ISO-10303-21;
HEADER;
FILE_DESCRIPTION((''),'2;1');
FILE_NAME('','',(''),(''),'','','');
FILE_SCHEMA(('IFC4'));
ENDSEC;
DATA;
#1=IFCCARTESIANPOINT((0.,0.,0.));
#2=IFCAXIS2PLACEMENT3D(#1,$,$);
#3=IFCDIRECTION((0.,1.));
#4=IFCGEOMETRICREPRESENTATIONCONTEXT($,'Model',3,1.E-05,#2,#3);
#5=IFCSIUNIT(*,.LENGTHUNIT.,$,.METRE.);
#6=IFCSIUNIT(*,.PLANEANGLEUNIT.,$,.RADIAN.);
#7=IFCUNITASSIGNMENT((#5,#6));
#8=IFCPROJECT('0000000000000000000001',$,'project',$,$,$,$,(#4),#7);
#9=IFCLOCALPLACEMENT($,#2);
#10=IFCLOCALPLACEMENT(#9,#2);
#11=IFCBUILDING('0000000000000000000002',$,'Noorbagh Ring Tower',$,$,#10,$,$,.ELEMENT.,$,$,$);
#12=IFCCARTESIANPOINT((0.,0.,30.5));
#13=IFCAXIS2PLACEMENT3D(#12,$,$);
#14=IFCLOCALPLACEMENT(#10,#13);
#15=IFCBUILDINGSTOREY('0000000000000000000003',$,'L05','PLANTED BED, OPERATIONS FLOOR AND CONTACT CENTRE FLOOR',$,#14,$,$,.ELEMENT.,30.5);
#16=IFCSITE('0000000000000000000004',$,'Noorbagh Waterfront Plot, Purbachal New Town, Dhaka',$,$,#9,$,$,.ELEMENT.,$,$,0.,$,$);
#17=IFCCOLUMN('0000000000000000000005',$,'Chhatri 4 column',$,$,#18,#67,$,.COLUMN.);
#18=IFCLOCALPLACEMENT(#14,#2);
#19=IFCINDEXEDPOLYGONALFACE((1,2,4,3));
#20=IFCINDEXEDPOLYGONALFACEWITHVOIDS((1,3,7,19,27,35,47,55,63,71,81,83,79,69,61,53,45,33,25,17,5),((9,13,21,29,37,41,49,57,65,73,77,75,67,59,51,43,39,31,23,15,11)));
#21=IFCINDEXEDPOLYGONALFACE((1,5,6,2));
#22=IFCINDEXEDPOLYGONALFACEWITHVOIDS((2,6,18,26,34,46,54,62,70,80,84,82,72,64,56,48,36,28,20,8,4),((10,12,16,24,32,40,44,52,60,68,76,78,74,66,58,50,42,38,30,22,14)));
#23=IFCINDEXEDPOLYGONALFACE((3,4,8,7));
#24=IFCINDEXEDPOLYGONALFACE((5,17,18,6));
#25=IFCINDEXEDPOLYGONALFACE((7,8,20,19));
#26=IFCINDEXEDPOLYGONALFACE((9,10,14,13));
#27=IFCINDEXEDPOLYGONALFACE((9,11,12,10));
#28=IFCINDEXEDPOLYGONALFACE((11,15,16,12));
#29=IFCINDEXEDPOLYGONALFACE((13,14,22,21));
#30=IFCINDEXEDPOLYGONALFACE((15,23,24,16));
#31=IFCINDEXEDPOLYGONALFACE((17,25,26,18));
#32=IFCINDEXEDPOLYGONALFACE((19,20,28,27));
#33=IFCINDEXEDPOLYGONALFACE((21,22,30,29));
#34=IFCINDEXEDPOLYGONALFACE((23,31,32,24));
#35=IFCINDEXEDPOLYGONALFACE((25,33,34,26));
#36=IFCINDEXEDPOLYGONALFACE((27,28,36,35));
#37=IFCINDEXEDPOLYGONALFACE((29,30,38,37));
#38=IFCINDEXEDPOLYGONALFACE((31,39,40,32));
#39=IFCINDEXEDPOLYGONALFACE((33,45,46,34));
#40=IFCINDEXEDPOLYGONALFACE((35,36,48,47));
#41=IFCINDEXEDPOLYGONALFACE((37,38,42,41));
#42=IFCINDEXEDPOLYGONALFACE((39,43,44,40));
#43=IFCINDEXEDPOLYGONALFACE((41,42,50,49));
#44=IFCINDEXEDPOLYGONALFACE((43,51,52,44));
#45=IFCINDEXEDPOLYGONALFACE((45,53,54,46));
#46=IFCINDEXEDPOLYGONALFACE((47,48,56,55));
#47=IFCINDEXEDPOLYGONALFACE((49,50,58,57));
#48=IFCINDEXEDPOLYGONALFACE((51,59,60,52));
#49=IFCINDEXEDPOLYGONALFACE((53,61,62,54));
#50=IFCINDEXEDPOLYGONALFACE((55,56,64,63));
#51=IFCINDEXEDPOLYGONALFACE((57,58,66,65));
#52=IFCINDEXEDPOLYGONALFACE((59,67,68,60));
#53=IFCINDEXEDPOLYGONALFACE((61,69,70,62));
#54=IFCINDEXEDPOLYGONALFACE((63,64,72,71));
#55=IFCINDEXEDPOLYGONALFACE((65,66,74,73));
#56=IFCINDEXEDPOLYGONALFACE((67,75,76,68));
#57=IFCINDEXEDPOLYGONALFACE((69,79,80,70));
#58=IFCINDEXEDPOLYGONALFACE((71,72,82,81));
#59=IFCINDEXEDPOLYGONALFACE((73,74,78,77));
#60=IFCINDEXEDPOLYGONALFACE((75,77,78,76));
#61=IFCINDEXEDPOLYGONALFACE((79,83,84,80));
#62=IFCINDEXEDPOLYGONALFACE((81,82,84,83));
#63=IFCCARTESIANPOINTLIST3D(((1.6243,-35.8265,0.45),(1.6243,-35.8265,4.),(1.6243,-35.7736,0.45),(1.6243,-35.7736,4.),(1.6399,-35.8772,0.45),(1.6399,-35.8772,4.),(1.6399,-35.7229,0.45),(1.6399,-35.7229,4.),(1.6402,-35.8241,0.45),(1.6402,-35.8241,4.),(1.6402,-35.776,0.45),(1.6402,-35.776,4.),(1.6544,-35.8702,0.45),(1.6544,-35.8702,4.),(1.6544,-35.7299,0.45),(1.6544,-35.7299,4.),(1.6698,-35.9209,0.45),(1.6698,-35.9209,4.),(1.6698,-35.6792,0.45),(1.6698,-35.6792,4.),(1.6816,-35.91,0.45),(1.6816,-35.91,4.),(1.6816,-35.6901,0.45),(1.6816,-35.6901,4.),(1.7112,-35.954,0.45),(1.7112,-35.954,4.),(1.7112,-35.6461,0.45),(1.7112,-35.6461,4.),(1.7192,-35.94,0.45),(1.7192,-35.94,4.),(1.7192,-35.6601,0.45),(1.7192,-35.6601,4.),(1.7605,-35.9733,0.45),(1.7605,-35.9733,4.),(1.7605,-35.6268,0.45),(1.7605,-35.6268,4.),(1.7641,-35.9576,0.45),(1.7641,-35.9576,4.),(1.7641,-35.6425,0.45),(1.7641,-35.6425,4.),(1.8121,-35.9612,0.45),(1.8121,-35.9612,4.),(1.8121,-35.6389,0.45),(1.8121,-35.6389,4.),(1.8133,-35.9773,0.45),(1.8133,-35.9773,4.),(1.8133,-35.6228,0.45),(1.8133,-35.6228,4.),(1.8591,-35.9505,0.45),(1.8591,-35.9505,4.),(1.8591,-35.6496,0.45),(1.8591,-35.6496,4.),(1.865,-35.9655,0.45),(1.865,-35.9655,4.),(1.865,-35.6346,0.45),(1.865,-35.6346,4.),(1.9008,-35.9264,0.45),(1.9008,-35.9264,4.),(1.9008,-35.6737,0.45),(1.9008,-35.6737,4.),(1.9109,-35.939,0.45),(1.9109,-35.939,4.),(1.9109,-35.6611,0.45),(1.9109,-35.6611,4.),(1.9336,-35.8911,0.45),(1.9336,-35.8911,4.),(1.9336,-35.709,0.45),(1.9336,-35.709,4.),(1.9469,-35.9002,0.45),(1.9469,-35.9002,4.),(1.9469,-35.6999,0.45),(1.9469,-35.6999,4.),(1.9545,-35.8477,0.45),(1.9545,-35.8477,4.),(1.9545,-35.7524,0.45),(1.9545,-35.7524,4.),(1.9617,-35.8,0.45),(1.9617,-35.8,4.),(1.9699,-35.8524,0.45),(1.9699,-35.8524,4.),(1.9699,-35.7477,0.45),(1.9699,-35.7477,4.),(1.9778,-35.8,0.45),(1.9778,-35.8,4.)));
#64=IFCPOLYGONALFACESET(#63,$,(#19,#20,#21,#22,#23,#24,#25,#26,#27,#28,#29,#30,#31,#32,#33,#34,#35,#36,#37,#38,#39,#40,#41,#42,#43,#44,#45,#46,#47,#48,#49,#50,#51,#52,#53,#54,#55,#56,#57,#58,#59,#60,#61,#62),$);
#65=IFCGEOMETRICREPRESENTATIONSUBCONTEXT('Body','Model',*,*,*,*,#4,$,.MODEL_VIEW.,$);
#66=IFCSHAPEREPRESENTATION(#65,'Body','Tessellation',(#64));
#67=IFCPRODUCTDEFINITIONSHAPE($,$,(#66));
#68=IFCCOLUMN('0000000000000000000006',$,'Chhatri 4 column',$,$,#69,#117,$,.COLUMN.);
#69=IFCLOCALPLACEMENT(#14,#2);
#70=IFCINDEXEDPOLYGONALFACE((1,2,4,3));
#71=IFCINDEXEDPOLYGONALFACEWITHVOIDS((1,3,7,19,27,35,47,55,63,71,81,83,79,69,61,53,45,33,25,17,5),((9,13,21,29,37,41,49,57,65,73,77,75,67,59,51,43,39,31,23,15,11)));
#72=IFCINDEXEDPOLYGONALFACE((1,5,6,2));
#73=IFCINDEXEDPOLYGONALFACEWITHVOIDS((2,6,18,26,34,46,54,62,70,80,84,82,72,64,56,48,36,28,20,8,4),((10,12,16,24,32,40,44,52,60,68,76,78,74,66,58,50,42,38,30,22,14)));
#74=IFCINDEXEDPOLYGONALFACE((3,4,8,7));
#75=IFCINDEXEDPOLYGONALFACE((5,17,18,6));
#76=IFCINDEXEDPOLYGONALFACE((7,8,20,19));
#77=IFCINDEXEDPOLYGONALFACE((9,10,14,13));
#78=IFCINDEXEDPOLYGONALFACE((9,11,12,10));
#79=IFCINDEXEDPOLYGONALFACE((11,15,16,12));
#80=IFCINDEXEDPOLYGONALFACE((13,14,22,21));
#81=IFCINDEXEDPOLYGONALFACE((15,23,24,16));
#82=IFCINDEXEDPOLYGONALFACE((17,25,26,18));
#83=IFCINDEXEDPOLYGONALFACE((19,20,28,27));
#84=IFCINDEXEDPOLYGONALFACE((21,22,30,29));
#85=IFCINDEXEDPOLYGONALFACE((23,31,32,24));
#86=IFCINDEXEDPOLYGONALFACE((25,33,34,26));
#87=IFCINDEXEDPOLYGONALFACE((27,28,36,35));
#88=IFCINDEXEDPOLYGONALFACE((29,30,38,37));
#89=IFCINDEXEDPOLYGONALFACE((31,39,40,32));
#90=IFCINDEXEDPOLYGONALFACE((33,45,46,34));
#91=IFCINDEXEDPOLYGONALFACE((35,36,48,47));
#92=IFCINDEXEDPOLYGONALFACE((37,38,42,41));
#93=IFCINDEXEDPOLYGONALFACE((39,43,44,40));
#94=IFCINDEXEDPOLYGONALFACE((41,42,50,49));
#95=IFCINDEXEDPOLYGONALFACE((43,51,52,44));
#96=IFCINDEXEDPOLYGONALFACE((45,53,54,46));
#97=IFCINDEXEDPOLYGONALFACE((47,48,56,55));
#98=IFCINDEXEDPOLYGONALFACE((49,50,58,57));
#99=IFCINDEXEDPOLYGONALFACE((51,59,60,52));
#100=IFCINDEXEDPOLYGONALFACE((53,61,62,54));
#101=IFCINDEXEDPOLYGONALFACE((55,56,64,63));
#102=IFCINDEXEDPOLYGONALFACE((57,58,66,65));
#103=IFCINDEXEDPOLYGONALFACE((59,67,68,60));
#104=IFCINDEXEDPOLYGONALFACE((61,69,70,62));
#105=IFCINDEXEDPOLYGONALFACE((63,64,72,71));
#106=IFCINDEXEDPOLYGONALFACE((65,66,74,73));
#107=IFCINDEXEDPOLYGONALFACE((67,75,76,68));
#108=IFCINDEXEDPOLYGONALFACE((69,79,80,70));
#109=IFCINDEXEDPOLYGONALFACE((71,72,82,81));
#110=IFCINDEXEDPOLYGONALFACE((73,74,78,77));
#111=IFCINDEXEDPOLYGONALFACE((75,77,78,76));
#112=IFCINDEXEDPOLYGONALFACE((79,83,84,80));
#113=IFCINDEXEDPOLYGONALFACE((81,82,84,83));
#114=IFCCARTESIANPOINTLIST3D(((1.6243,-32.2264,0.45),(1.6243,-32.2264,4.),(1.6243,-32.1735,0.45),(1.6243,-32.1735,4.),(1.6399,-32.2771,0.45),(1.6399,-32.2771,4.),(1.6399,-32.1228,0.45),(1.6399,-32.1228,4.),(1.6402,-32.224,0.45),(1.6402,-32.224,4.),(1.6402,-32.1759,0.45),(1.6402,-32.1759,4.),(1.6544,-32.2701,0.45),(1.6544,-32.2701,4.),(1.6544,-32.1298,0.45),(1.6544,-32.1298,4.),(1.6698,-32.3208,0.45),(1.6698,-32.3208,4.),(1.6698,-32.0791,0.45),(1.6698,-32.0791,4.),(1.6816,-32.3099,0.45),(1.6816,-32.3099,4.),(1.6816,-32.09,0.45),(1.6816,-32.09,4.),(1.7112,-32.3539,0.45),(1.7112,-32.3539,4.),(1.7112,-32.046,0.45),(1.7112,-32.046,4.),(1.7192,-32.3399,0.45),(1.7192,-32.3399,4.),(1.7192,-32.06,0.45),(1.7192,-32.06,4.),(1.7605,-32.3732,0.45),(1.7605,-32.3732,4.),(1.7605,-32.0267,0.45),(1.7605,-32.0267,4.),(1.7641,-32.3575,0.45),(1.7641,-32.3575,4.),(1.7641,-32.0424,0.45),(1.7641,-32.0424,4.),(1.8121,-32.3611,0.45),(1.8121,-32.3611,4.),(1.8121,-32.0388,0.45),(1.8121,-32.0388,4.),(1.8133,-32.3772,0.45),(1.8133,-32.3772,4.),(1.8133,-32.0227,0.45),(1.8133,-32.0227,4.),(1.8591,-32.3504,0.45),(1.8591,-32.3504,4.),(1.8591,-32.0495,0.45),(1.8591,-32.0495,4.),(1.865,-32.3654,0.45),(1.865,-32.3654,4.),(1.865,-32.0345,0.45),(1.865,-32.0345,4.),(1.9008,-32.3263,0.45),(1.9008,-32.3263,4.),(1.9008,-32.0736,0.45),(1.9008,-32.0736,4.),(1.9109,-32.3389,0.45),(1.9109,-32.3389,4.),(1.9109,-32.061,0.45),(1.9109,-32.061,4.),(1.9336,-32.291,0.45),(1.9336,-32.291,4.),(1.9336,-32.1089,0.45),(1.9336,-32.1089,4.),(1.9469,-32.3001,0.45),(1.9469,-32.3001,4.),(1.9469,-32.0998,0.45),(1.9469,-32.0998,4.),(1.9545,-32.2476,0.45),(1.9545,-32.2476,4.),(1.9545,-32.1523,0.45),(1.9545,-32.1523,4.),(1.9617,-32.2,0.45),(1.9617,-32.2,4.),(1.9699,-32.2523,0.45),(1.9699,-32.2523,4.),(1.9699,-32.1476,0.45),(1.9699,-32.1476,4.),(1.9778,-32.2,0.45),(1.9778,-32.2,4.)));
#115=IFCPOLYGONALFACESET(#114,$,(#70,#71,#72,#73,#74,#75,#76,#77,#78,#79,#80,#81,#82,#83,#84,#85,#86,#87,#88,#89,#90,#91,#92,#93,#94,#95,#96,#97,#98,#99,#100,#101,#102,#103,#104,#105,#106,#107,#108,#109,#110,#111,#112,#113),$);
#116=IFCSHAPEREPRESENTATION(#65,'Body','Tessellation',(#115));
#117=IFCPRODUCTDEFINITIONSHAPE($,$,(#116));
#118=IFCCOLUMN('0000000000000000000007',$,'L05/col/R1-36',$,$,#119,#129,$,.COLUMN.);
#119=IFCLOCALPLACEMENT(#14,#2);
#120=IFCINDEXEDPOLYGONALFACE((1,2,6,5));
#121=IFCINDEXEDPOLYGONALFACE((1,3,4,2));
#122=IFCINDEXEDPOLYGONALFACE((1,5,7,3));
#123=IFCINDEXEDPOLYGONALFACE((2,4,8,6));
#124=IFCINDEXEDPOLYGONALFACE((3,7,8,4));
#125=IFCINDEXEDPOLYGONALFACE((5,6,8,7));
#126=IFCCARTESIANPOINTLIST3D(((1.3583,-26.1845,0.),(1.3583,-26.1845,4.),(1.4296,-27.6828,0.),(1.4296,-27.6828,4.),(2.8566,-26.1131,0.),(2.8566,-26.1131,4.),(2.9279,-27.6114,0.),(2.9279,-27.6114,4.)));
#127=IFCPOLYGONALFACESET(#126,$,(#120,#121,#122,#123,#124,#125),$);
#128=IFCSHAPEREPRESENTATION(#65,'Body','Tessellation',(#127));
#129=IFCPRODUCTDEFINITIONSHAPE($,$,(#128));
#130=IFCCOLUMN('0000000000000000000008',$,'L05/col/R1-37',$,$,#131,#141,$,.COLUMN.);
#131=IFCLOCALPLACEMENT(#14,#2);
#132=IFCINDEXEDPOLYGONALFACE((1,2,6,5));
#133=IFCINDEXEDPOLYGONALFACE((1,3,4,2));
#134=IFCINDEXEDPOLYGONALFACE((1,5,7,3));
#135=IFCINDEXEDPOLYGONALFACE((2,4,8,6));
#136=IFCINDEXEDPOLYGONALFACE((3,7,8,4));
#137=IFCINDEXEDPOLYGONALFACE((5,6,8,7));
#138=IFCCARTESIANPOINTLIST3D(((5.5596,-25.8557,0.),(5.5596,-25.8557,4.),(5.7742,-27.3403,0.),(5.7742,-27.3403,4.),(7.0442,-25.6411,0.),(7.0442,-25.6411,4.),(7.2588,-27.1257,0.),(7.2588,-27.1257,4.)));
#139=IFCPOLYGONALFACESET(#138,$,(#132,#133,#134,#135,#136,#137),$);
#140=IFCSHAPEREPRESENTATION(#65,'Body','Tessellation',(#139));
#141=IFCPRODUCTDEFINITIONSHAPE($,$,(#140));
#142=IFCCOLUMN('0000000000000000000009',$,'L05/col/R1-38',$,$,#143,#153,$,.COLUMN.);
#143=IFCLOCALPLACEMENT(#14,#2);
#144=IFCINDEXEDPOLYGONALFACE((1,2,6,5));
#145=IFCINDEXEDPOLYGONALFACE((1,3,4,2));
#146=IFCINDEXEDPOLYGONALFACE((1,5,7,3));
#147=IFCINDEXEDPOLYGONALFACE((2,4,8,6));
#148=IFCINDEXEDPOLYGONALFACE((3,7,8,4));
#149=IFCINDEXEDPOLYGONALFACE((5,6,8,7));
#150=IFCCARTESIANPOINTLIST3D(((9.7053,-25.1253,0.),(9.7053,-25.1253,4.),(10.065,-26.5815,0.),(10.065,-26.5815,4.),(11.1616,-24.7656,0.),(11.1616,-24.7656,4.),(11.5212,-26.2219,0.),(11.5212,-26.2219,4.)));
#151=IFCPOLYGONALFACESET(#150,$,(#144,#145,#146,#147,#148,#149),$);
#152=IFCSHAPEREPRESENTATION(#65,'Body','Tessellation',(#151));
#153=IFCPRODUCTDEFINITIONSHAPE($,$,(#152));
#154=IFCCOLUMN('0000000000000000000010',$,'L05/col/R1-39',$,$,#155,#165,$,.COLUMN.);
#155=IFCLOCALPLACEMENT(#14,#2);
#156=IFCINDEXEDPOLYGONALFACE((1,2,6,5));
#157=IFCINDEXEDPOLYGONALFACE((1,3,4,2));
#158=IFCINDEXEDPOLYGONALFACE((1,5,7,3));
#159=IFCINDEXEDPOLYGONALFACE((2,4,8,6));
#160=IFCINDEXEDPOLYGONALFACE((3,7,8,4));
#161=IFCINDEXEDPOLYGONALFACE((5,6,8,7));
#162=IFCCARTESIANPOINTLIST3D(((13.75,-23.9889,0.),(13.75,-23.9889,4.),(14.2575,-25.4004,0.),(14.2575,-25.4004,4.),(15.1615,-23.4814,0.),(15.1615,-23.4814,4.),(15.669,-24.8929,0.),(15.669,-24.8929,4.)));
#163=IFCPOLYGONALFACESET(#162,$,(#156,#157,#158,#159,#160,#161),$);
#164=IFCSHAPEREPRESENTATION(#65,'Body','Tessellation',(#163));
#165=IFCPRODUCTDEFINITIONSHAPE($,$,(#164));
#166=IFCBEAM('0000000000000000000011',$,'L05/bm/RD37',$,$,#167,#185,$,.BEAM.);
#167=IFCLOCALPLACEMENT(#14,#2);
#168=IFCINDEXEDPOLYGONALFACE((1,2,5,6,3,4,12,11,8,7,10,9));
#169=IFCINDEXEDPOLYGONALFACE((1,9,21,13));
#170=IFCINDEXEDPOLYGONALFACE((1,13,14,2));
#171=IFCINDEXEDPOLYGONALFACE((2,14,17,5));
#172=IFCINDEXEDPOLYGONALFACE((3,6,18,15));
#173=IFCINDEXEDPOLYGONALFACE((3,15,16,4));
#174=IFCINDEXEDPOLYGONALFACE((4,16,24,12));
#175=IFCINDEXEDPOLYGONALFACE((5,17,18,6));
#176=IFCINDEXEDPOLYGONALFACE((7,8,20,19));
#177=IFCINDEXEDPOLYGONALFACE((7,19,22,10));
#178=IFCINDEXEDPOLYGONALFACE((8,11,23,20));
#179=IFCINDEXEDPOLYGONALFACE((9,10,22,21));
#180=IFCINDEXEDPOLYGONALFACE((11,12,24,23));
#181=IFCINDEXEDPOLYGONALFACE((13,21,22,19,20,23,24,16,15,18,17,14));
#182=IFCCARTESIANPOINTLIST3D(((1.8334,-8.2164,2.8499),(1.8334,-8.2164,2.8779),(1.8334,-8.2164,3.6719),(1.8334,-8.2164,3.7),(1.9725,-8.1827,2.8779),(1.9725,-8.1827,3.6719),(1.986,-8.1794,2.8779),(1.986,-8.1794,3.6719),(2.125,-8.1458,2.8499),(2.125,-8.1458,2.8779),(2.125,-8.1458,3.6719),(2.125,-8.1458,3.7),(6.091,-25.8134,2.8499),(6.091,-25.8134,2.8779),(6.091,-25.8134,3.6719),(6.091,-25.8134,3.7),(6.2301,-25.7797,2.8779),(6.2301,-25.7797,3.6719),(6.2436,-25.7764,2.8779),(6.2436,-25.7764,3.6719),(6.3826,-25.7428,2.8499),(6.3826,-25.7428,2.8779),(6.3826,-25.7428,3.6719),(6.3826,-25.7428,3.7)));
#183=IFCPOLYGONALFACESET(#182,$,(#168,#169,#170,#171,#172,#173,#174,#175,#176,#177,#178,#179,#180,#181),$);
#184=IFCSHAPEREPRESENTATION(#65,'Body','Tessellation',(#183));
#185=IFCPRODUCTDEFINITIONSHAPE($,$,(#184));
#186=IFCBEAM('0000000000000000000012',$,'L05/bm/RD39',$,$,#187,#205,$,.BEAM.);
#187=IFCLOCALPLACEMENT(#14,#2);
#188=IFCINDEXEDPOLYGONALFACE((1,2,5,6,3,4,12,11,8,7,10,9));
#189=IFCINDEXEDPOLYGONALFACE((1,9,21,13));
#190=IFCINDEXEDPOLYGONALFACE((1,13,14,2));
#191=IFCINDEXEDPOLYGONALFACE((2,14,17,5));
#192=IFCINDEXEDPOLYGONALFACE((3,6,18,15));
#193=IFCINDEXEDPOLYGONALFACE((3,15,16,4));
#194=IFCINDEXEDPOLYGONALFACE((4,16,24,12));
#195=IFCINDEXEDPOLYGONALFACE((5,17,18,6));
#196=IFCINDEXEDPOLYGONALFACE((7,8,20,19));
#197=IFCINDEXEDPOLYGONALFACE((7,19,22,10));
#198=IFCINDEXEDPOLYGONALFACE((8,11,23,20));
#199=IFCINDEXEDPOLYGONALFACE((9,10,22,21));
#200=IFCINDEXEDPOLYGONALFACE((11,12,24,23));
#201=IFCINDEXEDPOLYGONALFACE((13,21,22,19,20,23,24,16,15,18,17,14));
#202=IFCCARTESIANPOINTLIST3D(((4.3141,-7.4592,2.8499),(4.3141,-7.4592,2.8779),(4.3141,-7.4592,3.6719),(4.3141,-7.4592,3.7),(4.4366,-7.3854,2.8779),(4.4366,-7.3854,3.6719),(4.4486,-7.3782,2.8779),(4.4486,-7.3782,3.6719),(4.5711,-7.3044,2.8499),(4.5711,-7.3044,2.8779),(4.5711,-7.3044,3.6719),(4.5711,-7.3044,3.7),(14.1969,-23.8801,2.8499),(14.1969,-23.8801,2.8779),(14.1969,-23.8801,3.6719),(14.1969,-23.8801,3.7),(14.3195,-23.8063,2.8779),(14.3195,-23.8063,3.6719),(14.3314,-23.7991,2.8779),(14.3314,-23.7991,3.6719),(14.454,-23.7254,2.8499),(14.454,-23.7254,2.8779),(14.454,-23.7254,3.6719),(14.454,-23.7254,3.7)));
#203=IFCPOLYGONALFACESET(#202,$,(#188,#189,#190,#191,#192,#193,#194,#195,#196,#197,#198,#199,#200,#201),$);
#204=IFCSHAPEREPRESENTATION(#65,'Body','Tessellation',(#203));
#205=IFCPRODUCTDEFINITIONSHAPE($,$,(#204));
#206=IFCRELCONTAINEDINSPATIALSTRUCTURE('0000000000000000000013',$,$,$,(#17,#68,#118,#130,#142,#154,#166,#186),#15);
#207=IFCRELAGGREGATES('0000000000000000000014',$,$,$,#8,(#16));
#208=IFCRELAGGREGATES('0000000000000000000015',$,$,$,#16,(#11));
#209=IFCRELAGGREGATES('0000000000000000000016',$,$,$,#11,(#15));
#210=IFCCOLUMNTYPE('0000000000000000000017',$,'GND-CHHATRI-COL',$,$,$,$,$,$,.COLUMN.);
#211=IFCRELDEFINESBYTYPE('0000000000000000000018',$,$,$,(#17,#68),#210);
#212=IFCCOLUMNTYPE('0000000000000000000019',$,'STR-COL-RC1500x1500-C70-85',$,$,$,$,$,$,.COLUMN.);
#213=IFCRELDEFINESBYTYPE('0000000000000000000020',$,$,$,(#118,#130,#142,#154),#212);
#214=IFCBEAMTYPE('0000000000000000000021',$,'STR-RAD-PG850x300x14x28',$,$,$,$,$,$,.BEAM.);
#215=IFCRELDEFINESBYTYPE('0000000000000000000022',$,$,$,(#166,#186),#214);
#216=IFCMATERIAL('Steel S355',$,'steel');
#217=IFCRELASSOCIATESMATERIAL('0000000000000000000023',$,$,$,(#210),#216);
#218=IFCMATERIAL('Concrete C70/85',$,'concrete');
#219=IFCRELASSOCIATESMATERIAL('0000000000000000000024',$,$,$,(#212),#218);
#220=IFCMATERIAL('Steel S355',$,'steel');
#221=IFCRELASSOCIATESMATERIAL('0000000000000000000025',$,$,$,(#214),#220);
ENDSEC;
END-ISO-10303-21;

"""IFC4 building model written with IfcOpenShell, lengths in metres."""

from ifc_helpers import new_model, si_unit, direction, frame, origin, origin_2d, place, context, subcontext, project, spatial, rectangle, hollow_circle, i_section, extrude, material, material_profile, profile_set, type_object, element, save


model = new_model("IFC4")

# Units and contexts
model_context = context("Model", 3, precision=1e-05, world=origin(), true_north=direction((0.0, 1.0)))
body_context = subcontext(model_context, "Body", "Model", "MODEL_VIEW")
ifc_project = project(units=[si_unit("LENGTHUNIT", "METRE"), si_unit("PLANEANGLEUNIT", "RADIAN")], contexts=[model_context])

# Site, building, storey
site_placement = place(None, origin())
site = spatial("IfcSite", under=ifc_project, at=site_placement, Name="Noorbagh Waterfront Plot, Purbachal New Town, Dhaka", CompositionType="ELEMENT", RefElevation=0.0)
building_placement = place(site_placement, origin())
building = spatial("IfcBuilding", under=site, at=building_placement, Name="Noorbagh Ring Tower", CompositionType="ELEMENT")
storey_placement = place(building_placement, frame((0.0, 0.0, 30.5)))
storey = spatial("IfcBuildingStorey", under=building, at=storey_placement, Name="L05", Description="PLANTED BED, OPERATIONS FLOOR AND CONTACT CENTRE FLOOR", CompositionType="ELEMENT", Elevation=30.5)

# Columns
ifc_material_1 = material(Name="Steel S355", Category="steel")
ifc_material_profile_1 = material_profile(ifc_material_1, hollow_circle(Radius=0.1777, WallThickness=0.0161, at=origin_2d()), Name="CHS355.6x16")
ifc_profile_set_1 = profile_set([ifc_material_profile_1], Name="Steel S355")
column_type_1 = type_object("IfcColumnType", Name="GND-CHHATRI-COL", PredefinedType="COLUMN", material=ifc_profile_set_1)
for number, where, z_axis, x_axis, name in (
    (1, (1.8, -35.8, 0.45), (0.0, 0.0, 1.0), (1.0, 0.0, 0.0), "Chhatri 4 column"),
    (2, (1.8, -32.2, 0.45), (0.0, 0.0, 1.0), (1.0, 0.0, 0.0), "Chhatri 4 column"),
):
    element("IfcColumn", number, at=place(storey_placement, frame(where, z_axis=z_axis, x_axis=x_axis)), inside=storey, type_object=column_type_1, Name=name, PredefinedType="COLUMN", context=body_context, shape_type="SweptSolid", body=[
        extrude(hollow_circle(Radius=0.1777, WallThickness=0.0161, at=origin_2d()), origin(), (0.0, 0.0, 1.0), 3.55),
    ])
ifc_material_2 = material(Name="Concrete C70/85", Category="concrete")
ifc_material_profile_2 = material_profile(ifc_material_2, rectangle(XDim=1.5, YDim=1.5, at=origin_2d()), Name="RC1500x1500")
ifc_profile_set_2 = profile_set([ifc_material_profile_2], Name="Concrete C70/85")
column_type_2 = type_object("IfcColumnType", Name="STR-COL-RC1500x1500-C70-85", PredefinedType="COLUMN", material=ifc_profile_set_2)
for number, where, z_axis, x_axis, name in (
    (3, (2.1431, -26.8979, 0.0), (0.0, 0.0, 1.0), (0.998869, 0.047553, 0.0), "L05/col/R1-36"),
    (4, (6.4092, -26.4907, 0.0), (0.0, 0.0, 1.0), (0.989713, 0.143066, 0.0), "L05/col/R1-37"),
    (5, (10.6133, -25.6736, 0.0), (0.0, 0.0, 1.0), (0.970829, 0.239771, 0.0), "L05/col/R1-38"),
    (6, (14.7095, -24.4409, 0.0), (0.0, 0.0, 1.0), (0.941025, 0.338338, 0.0), "L05/col/R1-39"),
):
    element("IfcColumn", number, at=place(storey_placement, frame(where, z_axis=z_axis, x_axis=x_axis)), inside=storey, type_object=column_type_2, Name=name, PredefinedType="COLUMN", context=body_context, shape_type="SweptSolid", body=[
        extrude(rectangle(XDim=1.5, YDim=1.5, at=origin_2d()), origin(), (0.0, 0.0, 1.0), 4.0),
    ])

# Beams
ifc_material_3 = material(Name="Steel S355", Category="steel")
ifc_material_profile_3 = material_profile(ifc_material_3, i_section(OverallWidth=0.3, OverallDepth=0.8501, WebThickness=0.0139, FlangeThickness=0.0281, at=origin_2d()), Name="PG850x300x14x28")
ifc_profile_set_3 = profile_set([ifc_material_profile_3], Name="Steel S355")
beam_type_1 = type_object("IfcBeamType", Name="STR-RAD-PG850x300x14x28", PredefinedType="BEAM", material=ifc_profile_set_3)
beam_1_placement = place(storey_placement, frame((6.2368, -25.7781, 3.2749), z_axis=(-0.235164, 0.971956, 0.0), x_axis=(-0.971956, -0.235164, 0.0)))
element("IfcBeam", 7, at=beam_1_placement, inside=storey, type_object=beam_type_1, Name="L05/bm/RD37", PredefinedType="BEAM", context=body_context, shape_type="SweptSolid", body=[
    extrude(i_section(OverallWidth=0.3, OverallDepth=0.8501, WebThickness=0.0139, FlangeThickness=0.0281, at=origin_2d()), origin(), (0.0, 0.0, 1.0), 18.1047),
])
beam_2_placement = place(storey_placement, frame((14.3254, -23.8027, 3.2749), z_axis=(-0.515657, 0.856795, 0.0), x_axis=(-0.856795, -0.515657, 0.0)))
element("IfcBeam", 8, at=beam_2_placement, inside=storey, type_object=beam_type_1, Name="L05/bm/RD39", PredefinedType="BEAM", context=body_context, shape_type="SweptSolid", body=[
    extrude(i_section(OverallWidth=0.3, OverallDepth=0.8501, WebThickness=0.0139, FlangeThickness=0.0281, at=origin_2d()), origin(), (0.0, 0.0, 1.0), 19.1655),
])

save(model, "model.ifc")
